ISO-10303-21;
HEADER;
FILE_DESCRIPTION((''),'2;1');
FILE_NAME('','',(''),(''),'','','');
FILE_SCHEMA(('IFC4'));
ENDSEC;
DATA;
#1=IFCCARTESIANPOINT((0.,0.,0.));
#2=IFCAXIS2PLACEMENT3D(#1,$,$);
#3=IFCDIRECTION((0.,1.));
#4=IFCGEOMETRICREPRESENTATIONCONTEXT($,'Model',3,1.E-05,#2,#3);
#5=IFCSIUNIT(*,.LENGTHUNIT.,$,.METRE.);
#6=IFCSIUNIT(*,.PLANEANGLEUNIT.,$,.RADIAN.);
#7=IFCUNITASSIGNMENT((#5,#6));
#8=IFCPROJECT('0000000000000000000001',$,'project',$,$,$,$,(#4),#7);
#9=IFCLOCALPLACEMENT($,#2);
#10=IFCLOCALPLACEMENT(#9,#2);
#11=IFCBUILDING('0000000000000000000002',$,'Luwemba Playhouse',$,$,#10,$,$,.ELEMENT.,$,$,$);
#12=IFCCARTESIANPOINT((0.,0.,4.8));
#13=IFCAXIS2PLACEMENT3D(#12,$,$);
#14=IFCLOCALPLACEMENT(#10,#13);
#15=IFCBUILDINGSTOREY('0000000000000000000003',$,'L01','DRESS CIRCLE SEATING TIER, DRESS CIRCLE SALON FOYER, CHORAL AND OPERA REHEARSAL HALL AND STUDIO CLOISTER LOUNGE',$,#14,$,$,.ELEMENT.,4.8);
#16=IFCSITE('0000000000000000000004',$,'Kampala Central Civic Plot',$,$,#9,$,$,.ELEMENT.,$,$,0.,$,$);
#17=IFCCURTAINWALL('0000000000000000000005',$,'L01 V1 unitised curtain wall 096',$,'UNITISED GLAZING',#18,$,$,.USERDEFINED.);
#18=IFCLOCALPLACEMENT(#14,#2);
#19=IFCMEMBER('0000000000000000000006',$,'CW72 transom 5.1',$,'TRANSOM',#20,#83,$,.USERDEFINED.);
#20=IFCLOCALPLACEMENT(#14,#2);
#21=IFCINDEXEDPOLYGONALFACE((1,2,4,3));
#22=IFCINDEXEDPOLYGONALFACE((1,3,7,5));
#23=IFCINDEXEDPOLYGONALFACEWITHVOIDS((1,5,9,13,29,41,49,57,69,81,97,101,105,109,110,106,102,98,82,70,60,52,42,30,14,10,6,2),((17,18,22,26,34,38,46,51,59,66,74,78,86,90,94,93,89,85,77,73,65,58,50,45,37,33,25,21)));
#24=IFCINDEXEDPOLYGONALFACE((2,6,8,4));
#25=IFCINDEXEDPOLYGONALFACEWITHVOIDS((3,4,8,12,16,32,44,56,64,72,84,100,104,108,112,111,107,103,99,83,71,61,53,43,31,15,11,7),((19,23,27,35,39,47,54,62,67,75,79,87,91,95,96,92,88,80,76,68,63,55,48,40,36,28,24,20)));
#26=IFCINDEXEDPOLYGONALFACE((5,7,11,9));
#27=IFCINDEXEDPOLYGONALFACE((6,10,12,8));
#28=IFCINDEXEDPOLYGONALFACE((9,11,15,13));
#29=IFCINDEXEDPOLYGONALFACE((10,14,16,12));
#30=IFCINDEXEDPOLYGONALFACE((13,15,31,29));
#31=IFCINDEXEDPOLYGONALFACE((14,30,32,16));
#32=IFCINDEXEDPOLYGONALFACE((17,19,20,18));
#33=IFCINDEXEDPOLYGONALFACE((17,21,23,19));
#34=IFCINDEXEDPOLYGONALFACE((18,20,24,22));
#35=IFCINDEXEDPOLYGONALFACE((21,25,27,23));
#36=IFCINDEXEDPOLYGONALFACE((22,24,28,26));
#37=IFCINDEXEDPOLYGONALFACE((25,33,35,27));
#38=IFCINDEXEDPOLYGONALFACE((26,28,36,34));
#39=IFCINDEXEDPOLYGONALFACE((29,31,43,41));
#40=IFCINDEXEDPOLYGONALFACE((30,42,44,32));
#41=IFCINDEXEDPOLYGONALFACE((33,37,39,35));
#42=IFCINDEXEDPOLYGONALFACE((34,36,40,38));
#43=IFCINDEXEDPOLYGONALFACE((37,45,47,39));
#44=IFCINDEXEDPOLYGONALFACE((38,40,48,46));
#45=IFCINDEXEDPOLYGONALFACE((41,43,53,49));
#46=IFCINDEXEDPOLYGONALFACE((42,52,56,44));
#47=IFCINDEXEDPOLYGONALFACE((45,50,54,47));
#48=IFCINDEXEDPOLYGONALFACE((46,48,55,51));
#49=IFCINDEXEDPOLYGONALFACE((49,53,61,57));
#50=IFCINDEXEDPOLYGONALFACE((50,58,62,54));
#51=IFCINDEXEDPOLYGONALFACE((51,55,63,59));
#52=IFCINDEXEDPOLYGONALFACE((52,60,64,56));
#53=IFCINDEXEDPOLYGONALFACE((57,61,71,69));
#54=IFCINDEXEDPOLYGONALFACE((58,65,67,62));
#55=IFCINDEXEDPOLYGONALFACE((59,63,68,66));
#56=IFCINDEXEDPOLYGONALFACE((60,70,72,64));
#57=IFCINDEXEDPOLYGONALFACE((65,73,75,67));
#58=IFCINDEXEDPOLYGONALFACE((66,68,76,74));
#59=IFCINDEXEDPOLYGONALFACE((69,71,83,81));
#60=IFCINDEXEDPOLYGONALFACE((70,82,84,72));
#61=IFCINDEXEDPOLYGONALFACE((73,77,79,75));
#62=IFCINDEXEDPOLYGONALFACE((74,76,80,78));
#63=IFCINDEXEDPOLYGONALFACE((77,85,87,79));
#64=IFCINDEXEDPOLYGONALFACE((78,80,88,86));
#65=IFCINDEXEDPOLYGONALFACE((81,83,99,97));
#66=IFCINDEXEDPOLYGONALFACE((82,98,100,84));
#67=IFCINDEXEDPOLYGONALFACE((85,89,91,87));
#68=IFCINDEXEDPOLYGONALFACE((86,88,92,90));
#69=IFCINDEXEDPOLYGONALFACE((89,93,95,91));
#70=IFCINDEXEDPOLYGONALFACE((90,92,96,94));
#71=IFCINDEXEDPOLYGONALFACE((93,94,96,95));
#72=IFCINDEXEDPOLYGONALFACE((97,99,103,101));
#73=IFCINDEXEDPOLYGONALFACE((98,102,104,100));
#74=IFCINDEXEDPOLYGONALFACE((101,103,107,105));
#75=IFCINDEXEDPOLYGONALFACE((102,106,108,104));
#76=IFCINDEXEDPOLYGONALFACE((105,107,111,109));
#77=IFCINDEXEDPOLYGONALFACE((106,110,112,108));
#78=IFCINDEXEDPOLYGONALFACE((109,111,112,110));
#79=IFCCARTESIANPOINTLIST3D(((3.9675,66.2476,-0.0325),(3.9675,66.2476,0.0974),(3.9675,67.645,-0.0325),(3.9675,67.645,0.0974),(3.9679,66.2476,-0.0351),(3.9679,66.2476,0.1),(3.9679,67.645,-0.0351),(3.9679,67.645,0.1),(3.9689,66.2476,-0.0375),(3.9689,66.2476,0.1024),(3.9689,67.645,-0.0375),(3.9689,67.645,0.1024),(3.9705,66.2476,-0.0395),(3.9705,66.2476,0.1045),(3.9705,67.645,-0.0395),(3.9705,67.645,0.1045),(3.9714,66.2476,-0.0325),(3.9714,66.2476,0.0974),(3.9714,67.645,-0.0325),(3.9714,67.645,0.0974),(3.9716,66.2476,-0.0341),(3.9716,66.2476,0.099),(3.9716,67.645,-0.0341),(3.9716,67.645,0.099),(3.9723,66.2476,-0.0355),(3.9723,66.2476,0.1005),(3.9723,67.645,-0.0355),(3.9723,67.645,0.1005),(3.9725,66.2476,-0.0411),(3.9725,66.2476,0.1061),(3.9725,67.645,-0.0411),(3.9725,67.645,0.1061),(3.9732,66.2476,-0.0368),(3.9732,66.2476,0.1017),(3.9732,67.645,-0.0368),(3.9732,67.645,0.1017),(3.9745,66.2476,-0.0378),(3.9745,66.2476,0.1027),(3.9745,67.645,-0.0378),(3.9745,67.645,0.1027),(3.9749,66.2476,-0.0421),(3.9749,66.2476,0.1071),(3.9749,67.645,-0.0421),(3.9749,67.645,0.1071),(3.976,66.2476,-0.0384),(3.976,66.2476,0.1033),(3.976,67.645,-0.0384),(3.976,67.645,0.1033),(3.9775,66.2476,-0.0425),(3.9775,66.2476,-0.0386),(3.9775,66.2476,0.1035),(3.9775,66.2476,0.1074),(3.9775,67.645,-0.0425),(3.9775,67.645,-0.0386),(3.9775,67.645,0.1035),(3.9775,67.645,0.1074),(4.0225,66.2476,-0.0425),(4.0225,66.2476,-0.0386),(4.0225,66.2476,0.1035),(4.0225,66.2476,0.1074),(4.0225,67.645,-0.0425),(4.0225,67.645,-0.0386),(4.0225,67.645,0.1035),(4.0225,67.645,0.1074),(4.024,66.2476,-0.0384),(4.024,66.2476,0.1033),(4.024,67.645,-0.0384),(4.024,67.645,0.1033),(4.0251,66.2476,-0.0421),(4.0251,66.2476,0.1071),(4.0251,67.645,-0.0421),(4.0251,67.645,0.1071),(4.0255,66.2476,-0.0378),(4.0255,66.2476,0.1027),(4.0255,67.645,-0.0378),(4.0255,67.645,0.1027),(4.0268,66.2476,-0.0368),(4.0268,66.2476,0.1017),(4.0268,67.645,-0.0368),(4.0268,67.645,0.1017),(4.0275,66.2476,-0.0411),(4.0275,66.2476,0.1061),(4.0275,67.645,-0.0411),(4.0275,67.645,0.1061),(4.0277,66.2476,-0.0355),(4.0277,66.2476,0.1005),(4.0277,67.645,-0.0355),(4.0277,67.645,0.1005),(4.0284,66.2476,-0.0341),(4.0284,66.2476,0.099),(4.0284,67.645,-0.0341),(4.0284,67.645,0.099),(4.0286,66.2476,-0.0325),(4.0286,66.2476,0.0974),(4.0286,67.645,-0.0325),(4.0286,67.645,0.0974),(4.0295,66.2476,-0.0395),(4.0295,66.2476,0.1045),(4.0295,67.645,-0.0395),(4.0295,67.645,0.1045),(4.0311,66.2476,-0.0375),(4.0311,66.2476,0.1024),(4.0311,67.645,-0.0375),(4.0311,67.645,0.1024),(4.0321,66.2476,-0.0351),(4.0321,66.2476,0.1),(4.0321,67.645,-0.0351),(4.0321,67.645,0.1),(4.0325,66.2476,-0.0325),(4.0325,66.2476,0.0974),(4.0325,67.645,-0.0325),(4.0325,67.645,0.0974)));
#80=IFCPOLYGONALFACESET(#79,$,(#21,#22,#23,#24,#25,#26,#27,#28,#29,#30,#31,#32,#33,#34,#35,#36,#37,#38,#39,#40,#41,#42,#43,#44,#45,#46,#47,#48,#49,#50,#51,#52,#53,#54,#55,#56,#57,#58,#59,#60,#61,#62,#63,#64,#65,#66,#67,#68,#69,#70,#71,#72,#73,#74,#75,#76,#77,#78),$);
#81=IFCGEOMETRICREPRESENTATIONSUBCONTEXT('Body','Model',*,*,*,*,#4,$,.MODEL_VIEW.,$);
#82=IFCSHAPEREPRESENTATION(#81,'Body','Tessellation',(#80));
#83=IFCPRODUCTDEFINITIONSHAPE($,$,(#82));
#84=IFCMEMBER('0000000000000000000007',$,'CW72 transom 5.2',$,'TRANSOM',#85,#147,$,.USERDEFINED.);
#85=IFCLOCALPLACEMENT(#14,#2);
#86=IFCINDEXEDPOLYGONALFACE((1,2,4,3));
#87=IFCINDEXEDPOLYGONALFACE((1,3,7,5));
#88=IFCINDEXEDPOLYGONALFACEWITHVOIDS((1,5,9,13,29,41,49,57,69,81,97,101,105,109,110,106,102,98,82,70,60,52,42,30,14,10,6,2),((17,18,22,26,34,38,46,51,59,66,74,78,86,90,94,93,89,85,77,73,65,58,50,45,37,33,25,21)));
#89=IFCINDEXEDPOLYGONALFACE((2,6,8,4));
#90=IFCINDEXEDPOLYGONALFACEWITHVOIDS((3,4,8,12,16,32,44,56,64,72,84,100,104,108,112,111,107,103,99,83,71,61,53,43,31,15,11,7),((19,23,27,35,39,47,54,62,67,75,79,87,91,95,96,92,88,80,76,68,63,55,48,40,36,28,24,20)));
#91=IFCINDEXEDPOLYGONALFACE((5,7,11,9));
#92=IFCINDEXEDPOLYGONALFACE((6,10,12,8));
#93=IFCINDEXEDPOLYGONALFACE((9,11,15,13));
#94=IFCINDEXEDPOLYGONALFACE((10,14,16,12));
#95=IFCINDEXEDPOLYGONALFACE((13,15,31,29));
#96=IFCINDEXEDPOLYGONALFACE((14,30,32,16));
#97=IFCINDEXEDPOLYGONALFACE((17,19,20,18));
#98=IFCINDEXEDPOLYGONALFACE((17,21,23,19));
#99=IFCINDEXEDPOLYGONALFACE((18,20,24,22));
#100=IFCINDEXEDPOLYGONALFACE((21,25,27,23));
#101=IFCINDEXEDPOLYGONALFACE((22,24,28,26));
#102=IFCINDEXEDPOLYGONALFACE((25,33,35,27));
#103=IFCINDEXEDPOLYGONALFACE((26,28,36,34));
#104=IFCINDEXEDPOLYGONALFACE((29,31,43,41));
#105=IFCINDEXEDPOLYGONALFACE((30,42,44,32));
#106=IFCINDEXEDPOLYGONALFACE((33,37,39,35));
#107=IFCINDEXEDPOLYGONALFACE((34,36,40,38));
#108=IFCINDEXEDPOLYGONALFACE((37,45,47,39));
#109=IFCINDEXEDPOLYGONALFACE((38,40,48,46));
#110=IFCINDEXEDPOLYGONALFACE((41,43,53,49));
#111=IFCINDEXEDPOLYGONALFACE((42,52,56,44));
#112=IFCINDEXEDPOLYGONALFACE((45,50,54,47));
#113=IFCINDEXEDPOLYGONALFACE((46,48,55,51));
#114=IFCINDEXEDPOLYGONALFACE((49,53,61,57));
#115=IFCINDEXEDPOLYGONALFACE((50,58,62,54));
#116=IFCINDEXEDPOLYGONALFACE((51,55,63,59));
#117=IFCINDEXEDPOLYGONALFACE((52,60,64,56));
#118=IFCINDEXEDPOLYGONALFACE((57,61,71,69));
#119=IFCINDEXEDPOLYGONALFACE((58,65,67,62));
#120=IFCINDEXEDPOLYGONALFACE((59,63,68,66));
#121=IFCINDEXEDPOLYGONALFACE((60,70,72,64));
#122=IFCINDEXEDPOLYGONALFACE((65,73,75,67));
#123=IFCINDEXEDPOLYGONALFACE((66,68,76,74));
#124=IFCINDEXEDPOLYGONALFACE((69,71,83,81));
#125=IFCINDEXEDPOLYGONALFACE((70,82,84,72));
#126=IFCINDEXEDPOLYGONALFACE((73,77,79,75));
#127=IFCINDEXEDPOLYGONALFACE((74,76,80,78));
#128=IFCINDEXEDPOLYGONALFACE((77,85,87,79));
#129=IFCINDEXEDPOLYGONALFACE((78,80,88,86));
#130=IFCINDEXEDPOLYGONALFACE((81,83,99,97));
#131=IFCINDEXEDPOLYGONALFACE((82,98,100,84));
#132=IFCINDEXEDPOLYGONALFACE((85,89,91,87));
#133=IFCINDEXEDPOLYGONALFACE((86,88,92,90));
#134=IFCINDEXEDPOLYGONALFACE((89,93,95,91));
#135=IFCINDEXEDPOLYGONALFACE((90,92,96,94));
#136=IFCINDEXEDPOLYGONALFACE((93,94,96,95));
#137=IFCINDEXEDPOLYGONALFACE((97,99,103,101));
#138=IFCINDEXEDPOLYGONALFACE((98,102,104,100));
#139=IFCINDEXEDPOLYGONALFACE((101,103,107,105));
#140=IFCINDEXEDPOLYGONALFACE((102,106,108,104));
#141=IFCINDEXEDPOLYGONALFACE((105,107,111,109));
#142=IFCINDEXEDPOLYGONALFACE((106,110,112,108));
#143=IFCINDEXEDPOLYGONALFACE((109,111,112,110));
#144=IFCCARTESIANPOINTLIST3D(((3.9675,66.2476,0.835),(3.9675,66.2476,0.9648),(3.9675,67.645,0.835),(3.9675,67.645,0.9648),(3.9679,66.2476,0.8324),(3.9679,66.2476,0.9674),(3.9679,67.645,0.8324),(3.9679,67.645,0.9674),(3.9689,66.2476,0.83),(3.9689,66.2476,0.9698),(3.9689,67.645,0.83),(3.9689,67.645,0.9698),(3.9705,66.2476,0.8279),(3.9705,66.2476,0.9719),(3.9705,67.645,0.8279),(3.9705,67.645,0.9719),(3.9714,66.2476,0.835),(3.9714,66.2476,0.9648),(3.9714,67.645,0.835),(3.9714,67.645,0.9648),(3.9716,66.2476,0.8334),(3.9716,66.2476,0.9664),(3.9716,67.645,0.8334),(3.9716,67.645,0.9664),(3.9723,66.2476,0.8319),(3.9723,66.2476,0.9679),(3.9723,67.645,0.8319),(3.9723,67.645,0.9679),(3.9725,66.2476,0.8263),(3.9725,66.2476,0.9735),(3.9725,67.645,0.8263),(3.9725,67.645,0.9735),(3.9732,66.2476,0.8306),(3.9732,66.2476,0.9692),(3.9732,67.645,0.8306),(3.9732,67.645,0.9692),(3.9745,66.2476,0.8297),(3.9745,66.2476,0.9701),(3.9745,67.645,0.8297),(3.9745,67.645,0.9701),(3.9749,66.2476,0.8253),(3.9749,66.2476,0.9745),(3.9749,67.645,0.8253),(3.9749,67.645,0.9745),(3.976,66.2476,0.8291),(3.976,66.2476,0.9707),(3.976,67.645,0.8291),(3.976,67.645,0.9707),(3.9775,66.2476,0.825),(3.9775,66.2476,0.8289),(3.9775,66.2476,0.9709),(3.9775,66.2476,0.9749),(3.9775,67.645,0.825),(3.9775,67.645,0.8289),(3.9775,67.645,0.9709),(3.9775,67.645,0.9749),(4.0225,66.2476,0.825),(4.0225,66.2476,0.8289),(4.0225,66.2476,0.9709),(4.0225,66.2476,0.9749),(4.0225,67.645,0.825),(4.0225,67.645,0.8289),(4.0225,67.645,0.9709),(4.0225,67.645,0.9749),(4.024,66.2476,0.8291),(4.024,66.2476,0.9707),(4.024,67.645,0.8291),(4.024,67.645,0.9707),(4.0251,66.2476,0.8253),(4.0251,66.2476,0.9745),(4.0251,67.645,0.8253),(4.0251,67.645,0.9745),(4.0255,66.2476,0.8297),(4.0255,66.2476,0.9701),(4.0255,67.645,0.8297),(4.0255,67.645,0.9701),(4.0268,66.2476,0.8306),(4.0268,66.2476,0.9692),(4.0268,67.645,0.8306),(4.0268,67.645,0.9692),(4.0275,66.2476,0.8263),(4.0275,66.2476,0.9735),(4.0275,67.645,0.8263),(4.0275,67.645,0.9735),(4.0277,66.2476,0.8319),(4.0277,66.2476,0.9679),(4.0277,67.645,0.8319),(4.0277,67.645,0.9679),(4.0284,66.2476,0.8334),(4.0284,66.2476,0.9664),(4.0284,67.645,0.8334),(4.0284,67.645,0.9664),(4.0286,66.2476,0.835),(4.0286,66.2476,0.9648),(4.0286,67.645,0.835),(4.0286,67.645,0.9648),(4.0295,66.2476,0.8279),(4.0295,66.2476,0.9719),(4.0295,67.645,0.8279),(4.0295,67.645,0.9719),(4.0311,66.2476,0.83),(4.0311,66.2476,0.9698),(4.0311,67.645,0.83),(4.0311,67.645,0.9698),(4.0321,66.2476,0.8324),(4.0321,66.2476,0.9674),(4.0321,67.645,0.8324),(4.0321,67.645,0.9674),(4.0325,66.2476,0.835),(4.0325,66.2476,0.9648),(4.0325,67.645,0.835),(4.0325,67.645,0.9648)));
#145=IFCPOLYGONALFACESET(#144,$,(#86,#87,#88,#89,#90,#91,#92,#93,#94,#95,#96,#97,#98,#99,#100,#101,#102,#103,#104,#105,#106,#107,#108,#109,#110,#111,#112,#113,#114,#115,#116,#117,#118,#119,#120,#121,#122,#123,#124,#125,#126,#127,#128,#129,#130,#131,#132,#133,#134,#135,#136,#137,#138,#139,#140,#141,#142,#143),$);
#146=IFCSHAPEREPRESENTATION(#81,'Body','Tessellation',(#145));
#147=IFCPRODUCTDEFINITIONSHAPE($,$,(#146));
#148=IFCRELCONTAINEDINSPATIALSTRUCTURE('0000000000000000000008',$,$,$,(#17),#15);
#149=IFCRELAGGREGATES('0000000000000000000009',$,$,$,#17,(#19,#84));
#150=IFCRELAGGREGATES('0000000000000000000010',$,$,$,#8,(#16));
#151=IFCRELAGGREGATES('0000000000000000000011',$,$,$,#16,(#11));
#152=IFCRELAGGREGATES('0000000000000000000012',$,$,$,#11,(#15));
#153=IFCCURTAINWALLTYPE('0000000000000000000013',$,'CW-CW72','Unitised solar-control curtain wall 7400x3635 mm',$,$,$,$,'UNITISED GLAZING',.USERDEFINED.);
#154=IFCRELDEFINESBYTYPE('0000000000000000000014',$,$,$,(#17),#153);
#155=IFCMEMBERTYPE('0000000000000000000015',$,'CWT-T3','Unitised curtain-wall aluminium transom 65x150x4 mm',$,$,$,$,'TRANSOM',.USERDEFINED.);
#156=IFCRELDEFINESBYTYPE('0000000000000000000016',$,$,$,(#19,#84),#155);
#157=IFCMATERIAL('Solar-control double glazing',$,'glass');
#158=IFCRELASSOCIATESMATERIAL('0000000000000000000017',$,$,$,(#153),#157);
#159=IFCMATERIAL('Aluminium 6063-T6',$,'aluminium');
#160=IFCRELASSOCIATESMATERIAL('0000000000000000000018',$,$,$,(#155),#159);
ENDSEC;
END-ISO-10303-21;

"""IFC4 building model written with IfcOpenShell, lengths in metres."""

from ifc_helpers import new_model, si_unit, direction, frame, origin, origin_2d, place, context, subcontext, project, spatial, hollow_rectangle, extrude, material, material_profile, profile_set, type_object, element, aggregate, save


model = new_model("IFC4")

# Units and contexts
model_context = context("Model", 3, precision=1e-05, world=origin(), true_north=direction((0.0, 1.0)))
body_context = subcontext(model_context, "Body", "Model", "MODEL_VIEW")
ifc_project = project(units=[si_unit("LENGTHUNIT", "METRE"), si_unit("PLANEANGLEUNIT", "RADIAN")], contexts=[model_context])

# Site, building, storey
site_placement = place(None, origin())
site = spatial("IfcSite", under=ifc_project, at=site_placement, Name="Kampala Central Civic Plot", CompositionType="ELEMENT", RefElevation=0.0)
building_placement = place(site_placement, origin())
building = spatial("IfcBuilding", under=site, at=building_placement, Name="Luwemba Playhouse", CompositionType="ELEMENT")
storey_placement = place(building_placement, frame((0.0, 0.0, 4.8)))
storey = spatial("IfcBuildingStorey", under=building, at=storey_placement, Name="L01", Description="DRESS CIRCLE SEATING TIER, DRESS CIRCLE SALON FOYER, CHORAL AND OPERA REHEARSAL HALL AND STUDIO CLOISTER LOUNGE", CompositionType="ELEMENT", Elevation=4.8)

# Curtain wall, members
ifc_material_1 = material(Name="Solar-control double glazing", Category="glass")
curtain_wall_type = type_object("IfcCurtainWallType", Name="CW-CW72", Description="Unitised solar-control curtain wall 7400x3635 mm", ElementType="UNITISED GLAZING", PredefinedType="USERDEFINED", material=ifc_material_1)
curtain_wall_placement = place(storey_placement, origin())
curtain_wall = element("IfcCurtainWall", 1, at=curtain_wall_placement, inside=storey, type_object=curtain_wall_type, Name="L01 V1 unitised curtain wall 096", ObjectType="UNITISED GLAZING", PredefinedType="USERDEFINED")
ifc_material_2 = material(Name="Aluminium 6063-T6", Category="aluminium")
ifc_material_profile_1 = material_profile(ifc_material_2, hollow_rectangle(XDim=0.0649, YDim=0.1499, WallThickness=0.0039, InnerFilletRadius=0.0061, OuterFilletRadius=0.01, at=origin_2d()))
ifc_profile_set_1 = profile_set([ifc_material_profile_1], Name="Aluminium 6063-T6")
member_type_1 = type_object("IfcMemberType", Name="CWT-T3", Description="Unitised curtain-wall aluminium transom 65x150x4 mm", ElementType="TRANSOM", PredefinedType="USERDEFINED", material=ifc_profile_set_1)
member_1_placement = place(storey_placement, frame((4.0, 66.2476, 0.0325), z_axis=(0.0, 1.0, 0.0), x_axis=(-1.0, 0.0, 0.0)))
member_1 = element("IfcMember", 2, at=member_1_placement, type_object=member_type_1, Name="CW72 transom 5.1", ObjectType="TRANSOM", PredefinedType="USERDEFINED", context=body_context, shape_type="SweptSolid", body=[
    extrude(hollow_rectangle(XDim=0.0649, YDim=0.1499, WallThickness=0.0039, InnerFilletRadius=0.0061, OuterFilletRadius=0.01, at=origin_2d()), origin(), (0.0, 0.0, 1.0), 1.3975),
])
member_2_placement = place(storey_placement, frame((4.0, 66.2476, 0.8999), z_axis=(0.0, 1.0, 0.0), x_axis=(-1.0, 0.0, 0.0)))
member_2 = element("IfcMember", 3, at=member_2_placement, type_object=member_type_1, Name="CW72 transom 5.2", ObjectType="TRANSOM", PredefinedType="USERDEFINED", context=body_context, shape_type="SweptSolid", body=[
    extrude(hollow_rectangle(XDim=0.0649, YDim=0.1499, WallThickness=0.0039, InnerFilletRadius=0.0061, OuterFilletRadius=0.01, at=origin_2d()), origin(), (0.0, 0.0, 1.0), 1.3975),
])
aggregate(curtain_wall, [member_1, member_2])

save(model, "model.ifc")
